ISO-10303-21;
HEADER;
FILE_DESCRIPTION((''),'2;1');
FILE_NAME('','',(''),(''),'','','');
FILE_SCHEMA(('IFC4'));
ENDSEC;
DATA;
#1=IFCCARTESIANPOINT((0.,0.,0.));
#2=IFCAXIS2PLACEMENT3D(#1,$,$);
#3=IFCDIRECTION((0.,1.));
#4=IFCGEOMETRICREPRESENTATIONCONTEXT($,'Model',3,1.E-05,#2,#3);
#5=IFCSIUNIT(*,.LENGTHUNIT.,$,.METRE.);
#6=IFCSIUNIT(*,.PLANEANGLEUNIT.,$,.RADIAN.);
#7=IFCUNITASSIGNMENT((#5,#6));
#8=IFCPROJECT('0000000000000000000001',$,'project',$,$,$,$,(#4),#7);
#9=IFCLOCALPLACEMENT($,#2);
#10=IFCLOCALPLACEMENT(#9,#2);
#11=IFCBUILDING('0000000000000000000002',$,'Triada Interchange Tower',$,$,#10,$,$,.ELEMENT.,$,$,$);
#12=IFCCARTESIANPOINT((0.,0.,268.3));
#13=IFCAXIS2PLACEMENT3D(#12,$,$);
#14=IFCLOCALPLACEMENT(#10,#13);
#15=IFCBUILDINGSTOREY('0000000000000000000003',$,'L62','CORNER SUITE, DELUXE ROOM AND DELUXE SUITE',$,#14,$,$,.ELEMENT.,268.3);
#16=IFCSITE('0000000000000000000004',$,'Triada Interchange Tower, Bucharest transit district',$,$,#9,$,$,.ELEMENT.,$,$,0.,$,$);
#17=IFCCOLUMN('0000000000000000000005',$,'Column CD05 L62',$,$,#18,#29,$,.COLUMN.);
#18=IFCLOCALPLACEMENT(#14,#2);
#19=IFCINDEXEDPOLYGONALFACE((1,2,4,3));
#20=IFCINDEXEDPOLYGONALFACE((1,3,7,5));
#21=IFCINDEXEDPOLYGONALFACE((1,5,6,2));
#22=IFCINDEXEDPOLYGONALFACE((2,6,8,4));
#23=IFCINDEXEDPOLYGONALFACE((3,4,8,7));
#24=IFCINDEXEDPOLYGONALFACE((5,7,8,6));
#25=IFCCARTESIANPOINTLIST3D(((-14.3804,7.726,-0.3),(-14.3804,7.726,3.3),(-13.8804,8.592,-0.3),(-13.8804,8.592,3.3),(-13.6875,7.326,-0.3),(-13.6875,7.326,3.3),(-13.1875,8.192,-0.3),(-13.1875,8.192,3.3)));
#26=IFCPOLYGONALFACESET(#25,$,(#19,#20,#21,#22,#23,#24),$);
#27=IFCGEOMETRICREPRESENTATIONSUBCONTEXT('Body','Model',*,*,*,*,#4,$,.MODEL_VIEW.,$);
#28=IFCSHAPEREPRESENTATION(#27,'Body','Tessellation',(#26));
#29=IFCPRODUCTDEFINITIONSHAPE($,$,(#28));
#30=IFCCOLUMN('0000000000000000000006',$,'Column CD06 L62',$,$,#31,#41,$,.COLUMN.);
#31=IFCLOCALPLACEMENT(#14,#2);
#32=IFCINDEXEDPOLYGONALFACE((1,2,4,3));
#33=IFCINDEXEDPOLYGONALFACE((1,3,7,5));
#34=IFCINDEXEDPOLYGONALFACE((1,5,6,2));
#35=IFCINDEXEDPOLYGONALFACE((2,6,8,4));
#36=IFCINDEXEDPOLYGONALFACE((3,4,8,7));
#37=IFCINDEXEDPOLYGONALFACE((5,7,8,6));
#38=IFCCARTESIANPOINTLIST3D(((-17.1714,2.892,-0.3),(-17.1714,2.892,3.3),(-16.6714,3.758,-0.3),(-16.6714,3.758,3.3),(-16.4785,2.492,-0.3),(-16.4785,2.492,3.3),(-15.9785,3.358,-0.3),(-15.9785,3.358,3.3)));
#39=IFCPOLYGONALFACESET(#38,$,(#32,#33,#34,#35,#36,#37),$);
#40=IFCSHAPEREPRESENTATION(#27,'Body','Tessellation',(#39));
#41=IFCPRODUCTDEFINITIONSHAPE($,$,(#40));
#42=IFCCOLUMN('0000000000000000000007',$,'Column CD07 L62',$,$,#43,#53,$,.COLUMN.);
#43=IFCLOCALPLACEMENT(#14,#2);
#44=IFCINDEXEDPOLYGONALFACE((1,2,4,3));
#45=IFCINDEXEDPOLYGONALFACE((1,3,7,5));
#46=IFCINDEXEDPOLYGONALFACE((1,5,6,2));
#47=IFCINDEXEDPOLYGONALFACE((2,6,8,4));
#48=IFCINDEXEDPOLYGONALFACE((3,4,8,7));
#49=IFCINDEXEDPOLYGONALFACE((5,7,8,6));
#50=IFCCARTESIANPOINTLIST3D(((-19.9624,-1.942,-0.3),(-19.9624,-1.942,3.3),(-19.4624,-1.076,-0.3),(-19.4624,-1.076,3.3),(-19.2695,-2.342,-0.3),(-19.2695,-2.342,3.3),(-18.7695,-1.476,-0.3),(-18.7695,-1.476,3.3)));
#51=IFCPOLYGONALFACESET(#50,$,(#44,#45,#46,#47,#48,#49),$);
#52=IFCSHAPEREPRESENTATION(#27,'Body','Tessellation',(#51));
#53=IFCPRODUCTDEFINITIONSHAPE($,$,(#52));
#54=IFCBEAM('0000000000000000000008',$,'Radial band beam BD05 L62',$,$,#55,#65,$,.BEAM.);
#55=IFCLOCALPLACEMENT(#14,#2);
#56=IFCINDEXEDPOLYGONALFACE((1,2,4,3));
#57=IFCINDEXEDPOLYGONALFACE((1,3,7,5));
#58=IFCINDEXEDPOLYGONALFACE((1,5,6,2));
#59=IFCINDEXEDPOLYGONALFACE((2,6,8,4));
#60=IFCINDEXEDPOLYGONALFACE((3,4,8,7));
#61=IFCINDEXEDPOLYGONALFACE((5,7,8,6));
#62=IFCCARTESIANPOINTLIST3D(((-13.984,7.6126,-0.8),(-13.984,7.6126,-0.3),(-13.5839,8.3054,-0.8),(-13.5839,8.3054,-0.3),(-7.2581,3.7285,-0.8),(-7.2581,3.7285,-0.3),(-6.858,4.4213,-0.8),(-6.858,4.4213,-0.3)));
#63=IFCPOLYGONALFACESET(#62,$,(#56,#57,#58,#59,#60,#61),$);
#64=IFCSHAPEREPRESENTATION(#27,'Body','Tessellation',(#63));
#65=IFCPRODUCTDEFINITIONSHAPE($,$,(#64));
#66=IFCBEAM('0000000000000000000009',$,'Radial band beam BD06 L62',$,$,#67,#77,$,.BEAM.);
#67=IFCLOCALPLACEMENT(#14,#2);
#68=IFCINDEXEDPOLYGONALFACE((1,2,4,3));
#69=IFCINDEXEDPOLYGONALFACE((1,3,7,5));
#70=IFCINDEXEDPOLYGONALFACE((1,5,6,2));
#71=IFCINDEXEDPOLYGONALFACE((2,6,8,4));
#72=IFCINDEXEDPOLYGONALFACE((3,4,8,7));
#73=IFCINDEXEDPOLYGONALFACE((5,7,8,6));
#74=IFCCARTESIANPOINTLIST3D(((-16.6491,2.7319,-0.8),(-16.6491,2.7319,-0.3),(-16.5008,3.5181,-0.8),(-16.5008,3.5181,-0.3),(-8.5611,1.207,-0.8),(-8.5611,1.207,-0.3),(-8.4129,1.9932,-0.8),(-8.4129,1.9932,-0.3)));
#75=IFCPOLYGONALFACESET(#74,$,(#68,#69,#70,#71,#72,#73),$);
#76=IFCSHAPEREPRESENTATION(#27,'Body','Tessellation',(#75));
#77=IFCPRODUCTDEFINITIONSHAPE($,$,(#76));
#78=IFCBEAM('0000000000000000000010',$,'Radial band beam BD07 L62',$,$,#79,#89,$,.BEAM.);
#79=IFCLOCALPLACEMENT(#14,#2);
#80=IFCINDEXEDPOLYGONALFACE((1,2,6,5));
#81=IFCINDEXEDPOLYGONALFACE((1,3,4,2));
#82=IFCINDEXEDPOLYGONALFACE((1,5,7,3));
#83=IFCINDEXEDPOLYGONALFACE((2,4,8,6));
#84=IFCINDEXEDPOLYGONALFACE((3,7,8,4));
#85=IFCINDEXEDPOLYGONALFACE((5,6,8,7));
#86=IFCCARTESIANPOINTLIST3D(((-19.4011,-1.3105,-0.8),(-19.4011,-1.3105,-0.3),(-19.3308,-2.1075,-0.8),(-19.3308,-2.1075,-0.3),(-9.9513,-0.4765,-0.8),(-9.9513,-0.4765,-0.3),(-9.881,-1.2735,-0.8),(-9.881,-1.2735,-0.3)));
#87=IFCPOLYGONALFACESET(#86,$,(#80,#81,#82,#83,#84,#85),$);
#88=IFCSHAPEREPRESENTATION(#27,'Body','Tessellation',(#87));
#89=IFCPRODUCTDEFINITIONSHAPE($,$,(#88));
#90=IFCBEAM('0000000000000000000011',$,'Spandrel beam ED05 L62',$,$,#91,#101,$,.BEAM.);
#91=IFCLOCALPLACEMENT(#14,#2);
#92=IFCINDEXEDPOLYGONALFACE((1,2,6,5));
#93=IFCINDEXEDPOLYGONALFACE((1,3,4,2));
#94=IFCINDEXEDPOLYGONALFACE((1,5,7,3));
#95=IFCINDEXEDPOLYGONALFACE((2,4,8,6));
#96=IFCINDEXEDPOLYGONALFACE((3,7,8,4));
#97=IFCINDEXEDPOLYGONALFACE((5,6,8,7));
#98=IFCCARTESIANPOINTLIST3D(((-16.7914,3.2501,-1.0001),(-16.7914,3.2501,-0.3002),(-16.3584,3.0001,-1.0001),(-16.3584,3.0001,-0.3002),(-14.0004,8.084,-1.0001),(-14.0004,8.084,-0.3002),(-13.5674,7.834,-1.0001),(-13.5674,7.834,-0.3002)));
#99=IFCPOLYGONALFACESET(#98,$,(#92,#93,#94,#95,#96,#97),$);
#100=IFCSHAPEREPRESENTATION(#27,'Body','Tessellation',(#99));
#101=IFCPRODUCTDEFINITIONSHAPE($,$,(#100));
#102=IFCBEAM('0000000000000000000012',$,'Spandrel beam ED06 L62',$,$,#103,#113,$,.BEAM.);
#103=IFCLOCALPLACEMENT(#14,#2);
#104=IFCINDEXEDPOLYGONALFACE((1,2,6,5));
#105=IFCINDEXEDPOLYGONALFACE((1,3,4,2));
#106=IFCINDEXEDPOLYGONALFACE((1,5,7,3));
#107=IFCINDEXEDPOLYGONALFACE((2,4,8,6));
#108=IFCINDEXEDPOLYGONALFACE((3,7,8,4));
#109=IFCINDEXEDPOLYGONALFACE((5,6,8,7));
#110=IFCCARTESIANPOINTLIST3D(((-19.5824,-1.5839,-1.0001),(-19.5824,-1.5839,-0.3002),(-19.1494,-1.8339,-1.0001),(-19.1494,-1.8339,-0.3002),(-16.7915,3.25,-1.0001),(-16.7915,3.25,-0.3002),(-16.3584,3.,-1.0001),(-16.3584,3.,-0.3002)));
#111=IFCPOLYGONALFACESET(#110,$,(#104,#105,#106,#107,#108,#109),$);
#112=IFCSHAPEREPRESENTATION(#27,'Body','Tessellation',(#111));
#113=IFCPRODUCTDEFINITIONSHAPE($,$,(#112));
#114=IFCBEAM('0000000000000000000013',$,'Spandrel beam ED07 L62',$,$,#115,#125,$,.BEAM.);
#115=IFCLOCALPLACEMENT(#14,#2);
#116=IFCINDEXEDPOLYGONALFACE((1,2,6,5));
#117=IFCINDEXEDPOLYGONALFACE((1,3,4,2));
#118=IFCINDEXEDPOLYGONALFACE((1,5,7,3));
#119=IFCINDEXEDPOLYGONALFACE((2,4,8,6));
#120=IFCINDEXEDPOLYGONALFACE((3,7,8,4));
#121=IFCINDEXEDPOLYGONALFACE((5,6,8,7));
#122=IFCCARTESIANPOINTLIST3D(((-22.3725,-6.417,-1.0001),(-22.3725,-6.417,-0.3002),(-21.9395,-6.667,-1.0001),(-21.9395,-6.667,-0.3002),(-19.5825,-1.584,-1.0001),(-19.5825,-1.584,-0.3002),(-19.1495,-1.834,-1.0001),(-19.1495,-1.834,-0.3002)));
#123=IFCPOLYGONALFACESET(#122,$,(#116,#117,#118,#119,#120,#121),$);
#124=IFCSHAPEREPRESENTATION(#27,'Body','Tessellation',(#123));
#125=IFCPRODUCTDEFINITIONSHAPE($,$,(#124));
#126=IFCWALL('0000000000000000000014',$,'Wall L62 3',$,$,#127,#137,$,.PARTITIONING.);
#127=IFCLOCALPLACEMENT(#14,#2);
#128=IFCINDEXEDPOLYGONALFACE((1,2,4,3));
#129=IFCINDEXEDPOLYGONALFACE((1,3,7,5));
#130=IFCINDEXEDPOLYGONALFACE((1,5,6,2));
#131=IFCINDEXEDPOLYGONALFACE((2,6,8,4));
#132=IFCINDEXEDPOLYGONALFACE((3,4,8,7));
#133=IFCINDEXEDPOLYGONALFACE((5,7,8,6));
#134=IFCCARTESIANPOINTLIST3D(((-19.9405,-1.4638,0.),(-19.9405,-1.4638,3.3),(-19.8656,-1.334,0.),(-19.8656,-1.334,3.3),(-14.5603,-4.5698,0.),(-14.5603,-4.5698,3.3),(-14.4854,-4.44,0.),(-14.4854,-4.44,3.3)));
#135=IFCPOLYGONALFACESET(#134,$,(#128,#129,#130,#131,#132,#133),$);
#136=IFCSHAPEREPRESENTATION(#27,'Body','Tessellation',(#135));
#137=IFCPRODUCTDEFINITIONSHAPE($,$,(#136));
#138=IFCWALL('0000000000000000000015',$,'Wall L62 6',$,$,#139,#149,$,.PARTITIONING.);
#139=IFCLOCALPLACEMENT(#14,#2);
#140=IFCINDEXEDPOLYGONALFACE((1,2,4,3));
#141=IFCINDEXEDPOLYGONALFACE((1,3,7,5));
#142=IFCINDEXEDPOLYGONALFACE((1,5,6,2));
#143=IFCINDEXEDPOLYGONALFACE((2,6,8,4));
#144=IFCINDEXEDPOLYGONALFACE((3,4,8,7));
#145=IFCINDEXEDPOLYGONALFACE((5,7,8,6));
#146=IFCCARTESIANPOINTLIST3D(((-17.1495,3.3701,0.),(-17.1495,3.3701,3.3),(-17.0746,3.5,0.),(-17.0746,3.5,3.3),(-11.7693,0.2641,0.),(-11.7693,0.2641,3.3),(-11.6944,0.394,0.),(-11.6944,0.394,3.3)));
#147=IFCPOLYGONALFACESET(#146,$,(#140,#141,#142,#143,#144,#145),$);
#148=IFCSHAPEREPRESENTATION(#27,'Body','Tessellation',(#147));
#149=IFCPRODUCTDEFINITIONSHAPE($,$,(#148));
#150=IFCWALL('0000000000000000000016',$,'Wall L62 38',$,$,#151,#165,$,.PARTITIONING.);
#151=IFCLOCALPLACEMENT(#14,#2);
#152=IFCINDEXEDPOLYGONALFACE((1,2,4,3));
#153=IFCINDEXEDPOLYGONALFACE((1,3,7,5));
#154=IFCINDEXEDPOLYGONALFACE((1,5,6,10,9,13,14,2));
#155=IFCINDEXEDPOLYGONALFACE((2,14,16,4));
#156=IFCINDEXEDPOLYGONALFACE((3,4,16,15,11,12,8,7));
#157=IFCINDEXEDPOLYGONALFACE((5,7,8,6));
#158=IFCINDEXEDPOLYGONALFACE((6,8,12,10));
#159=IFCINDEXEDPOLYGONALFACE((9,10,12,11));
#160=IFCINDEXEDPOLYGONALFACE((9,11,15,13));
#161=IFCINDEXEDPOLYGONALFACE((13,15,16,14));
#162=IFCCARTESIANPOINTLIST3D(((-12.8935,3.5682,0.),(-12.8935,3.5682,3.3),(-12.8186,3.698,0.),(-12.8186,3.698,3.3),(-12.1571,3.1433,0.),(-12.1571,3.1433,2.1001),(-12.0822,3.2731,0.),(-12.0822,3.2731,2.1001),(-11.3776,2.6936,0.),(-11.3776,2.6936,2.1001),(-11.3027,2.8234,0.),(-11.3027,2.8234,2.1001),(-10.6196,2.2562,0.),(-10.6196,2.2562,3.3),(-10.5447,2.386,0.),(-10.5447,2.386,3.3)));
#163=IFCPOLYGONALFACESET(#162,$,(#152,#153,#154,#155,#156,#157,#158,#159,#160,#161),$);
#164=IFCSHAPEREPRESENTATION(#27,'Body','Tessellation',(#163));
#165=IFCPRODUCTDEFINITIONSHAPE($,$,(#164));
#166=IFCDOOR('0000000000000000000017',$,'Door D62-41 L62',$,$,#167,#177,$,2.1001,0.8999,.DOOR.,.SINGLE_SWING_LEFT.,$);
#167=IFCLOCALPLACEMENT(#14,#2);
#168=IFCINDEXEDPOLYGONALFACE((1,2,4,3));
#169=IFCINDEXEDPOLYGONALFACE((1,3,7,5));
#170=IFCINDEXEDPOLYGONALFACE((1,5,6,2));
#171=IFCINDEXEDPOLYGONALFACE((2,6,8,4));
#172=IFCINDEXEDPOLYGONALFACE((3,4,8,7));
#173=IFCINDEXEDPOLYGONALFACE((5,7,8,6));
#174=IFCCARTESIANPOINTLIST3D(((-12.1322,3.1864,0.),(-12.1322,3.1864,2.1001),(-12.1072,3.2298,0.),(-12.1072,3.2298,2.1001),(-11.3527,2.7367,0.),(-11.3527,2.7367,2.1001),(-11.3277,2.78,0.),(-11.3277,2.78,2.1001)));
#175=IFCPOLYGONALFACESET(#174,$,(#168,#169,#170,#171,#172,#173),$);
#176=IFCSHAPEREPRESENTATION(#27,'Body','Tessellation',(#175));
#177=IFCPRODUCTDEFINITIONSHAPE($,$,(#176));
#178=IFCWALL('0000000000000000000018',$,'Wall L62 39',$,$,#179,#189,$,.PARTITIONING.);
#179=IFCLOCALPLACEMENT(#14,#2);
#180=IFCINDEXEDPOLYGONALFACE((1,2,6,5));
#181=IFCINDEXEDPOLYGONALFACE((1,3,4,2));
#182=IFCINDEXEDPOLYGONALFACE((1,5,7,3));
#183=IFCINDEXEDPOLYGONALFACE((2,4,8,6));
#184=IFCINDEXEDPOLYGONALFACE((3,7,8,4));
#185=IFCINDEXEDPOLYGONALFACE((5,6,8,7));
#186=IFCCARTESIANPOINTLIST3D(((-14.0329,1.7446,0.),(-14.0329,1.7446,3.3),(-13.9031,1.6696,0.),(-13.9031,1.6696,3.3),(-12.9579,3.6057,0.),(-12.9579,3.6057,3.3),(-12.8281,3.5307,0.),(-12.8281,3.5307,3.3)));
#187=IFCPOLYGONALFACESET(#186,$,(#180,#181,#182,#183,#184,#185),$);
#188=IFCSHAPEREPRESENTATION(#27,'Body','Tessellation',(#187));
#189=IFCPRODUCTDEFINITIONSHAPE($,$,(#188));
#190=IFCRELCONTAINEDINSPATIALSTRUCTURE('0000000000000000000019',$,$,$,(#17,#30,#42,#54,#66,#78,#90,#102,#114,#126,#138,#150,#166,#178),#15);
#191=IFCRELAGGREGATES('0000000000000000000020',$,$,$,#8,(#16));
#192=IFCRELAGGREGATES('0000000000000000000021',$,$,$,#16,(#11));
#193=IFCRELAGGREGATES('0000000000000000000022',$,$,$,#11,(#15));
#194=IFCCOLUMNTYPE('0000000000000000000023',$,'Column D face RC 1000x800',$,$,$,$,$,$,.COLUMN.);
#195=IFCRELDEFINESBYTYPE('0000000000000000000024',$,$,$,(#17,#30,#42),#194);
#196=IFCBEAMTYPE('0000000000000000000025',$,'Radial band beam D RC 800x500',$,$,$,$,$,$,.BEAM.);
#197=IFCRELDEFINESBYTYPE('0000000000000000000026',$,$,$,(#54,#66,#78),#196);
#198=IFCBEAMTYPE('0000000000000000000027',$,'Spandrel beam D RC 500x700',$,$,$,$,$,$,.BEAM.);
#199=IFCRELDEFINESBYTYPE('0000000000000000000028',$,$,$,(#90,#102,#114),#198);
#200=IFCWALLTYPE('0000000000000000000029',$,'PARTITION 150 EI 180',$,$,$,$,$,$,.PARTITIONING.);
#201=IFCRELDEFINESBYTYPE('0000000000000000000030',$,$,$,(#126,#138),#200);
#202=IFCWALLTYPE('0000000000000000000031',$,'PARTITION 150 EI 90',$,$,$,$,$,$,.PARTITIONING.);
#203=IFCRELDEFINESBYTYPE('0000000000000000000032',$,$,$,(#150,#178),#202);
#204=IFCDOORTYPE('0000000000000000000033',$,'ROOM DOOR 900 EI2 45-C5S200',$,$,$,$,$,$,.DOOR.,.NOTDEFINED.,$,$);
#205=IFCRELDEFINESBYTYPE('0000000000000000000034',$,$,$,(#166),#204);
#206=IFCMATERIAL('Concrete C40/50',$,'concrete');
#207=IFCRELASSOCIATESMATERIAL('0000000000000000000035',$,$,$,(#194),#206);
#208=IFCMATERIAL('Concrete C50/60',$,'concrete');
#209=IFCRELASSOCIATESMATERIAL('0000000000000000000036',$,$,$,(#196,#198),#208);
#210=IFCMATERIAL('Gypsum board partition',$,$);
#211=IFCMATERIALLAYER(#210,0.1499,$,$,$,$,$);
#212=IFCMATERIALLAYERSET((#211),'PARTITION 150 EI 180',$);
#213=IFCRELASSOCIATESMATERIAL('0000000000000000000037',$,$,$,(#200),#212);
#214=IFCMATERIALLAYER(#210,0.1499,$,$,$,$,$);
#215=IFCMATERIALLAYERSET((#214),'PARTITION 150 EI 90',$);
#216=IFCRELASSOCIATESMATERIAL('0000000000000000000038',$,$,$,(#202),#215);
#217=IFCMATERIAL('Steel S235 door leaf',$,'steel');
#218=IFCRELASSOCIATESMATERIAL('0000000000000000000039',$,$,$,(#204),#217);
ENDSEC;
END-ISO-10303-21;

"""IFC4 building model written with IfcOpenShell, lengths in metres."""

from ifc_helpers import new_model, si_unit, direction, frame, frame_2d, origin, origin_2d, place, context, subcontext, project, spatial, rectangle, extrude, material, layer, layer_set, material_profile, profile_set, type_object, element, fill, save


model = new_model("IFC4")

# Units and contexts
model_context = context("Model", 3, precision=1e-05, world=origin(), true_north=direction((0.0, 1.0)))
body_context = subcontext(model_context, "Body", "Model", "MODEL_VIEW")
ifc_project = project(units=[si_unit("LENGTHUNIT", "METRE"), si_unit("PLANEANGLEUNIT", "RADIAN")], contexts=[model_context])

# Site, building, storey
site_placement = place(None, origin())
site = spatial("IfcSite", under=ifc_project, at=site_placement, Name="Triada Interchange Tower, Bucharest transit district", CompositionType="ELEMENT", RefElevation=0.0)
building_placement = place(site_placement, origin())
building = spatial("IfcBuilding", under=site, at=building_placement, Name="Triada Interchange Tower", CompositionType="ELEMENT")
storey_placement = place(building_placement, frame((0.0, 0.0, 268.3)))
storey = spatial("IfcBuildingStorey", under=building, at=storey_placement, Name="L62", Description="CORNER SUITE, DELUXE ROOM AND DELUXE SUITE", CompositionType="ELEMENT", Elevation=268.3)

# Columns
ifc_material_1 = material(Name="Concrete C40/50", Category="concrete")
ifc_material_profile_1 = material_profile(ifc_material_1, rectangle(XDim=1.0, YDim=0.8, at=origin_2d()), Name="RC 1000x800")
ifc_profile_set_1 = profile_set([ifc_material_profile_1], Name="Concrete C40/50")
column_type = type_object("IfcColumnType", Name="Column D face RC 1000x800", PredefinedType="COLUMN", material=ifc_profile_set_1)
for number, where, z_axis, x_axis, name in (
    (1, (-13.7839, 7.959, -0.3), (0.0, 0.0, 1.0), (0.5, 0.866025, 0.0), "Column CD05 L62"),
    (2, (-16.575, 3.125, -0.3), (0.0, 0.0, 1.0), (0.5, 0.866025, 0.0), "Column CD06 L62"),
    (3, (-19.366, -1.709, -0.3), (0.0, 0.0, 1.0), (0.5, 0.866025, 0.0), "Column CD07 L62"),
):
    element("IfcColumn", number, at=place(storey_placement, frame(where, z_axis=z_axis, x_axis=x_axis)), inside=storey, type_object=column_type, Name=name, PredefinedType="COLUMN", context=body_context, shape_type="SweptSolid", body=[
        extrude(rectangle(XDim=1.0, YDim=0.8, at=origin_2d()), origin(), (0.0, 0.0, 1.0), 3.6001),
    ])

# Beams
ifc_material_2 = material(Name="Concrete C50/60", Category="concrete")
ifc_material_profile_2 = material_profile(ifc_material_2, rectangle(XDim=0.8, YDim=0.5, at=origin_2d()), Name="RC 800x500")
ifc_profile_set_2 = profile_set([ifc_material_profile_2], Name="Concrete C50/60")
beam_type_1 = type_object("IfcBeamType", Name="Radial band beam D RC 800x500", PredefinedType="BEAM", material=ifc_profile_set_2)
beam_1_placement = place(storey_placement, frame((-13.7839, 7.959, -0.55), z_axis=(0.865977, -0.500084, 0.0), x_axis=(0.500084, 0.865977, 0.0)))
element("IfcBeam", 4, at=beam_1_placement, inside=storey, type_object=beam_type_1, Name="Radial band beam BD05 L62", PredefinedType="BEAM", context=body_context, shape_type="SweptSolid", body=[
    extrude(rectangle(XDim=0.8, YDim=0.5, at=origin_2d()), origin(), (0.0, 0.0, 1.0), 7.7668),
])
beam_2_placement = place(storey_placement, frame((-16.575, 3.125, -0.55), z_axis=(0.982686, -0.185277, 0.0), x_axis=(0.185277, 0.982686, 0.0)))
element("IfcBeam", 5, at=beam_2_placement, inside=storey, type_object=beam_type_1, Name="Radial band beam BD06 L62", PredefinedType="BEAM", context=body_context, shape_type="SweptSolid", body=[
    extrude(rectangle(XDim=0.8, YDim=0.5, at=origin_2d()), origin(), (0.0, 0.0, 1.0), 8.2305),
])
beam_3_placement = place(storey_placement, frame((-19.366, -1.709, -0.55), z_axis=(0.996128, 0.087911, 0.0), x_axis=(-0.087911, 0.996128, 0.0)))
element("IfcBeam", 6, at=beam_3_placement, inside=storey, type_object=beam_type_1, Name="Radial band beam BD07 L62", PredefinedType="BEAM", context=body_context, shape_type="SweptSolid", body=[
    extrude(rectangle(XDim=0.8, YDim=0.5, at=origin_2d()), origin(), (0.0, 0.0, 1.0), 9.4866),
])
ifc_material_profile_3 = material_profile(ifc_material_2, rectangle(XDim=0.5, YDim=0.7, at=origin_2d()), Name="RC 500x700")
ifc_profile_set_3 = profile_set([ifc_material_profile_3], Name="Concrete C50/60")
beam_type_2 = type_object("IfcBeamType", Name="Spandrel beam D RC 500x700", PredefinedType="BEAM", material=ifc_profile_set_3)
for number, where, z_axis, x_axis, name in (
    (7, (-13.7839, 7.959, -0.6501), (-0.500015, -0.866017, 0.0), (0.866017, -0.500015, 0.0), "Spandrel beam ED05 L62"),
    (8, (-16.575, 3.125, -0.6501), (-0.500015, -0.866017, 0.0), (0.866017, -0.500015, 0.0), "Spandrel beam ED06 L62"),
):
    element("IfcBeam", number, at=place(storey_placement, frame(where, z_axis=z_axis, x_axis=x_axis)), inside=storey, type_object=beam_type_2, Name=name, PredefinedType="BEAM", context=body_context, shape_type="SweptSolid", body=[
        extrude(rectangle(XDim=0.5, YDim=0.7, at=origin_2d()), origin(), (0.0, 0.0, 1.0), 5.5818),
    ])
beam_4_placement = place(storey_placement, frame((-19.366, -1.709, -0.6501), z_axis=(-0.49996, -0.866049, 0.0), x_axis=(0.866049, -0.49996, 0.0)))
element("IfcBeam", 9, at=beam_4_placement, inside=storey, type_object=beam_type_2, Name="Spandrel beam ED07 L62", PredefinedType="BEAM", context=body_context, shape_type="SweptSolid", body=[
    extrude(rectangle(XDim=0.5, YDim=0.7, at=origin_2d()), origin(), (0.0, 0.0, 1.0), 5.5806),
])

# Walls
ifc_material_3 = material(Name="Gypsum board partition")
ifc_layer_1 = layer(ifc_material_3, 0.1499)
ifc_layer_set_1 = layer_set([ifc_layer_1], Name="PARTITION 150 EI 180")
wall_type_1 = type_object("IfcWallType", Name="PARTITION 150 EI 180", PredefinedType="PARTITIONING", material=ifc_layer_set_1)
for number, where, z_axis, x_axis, name in (
    (10, (-19.9031, -1.3989, 0.0), (0.0, 0.0, 1.0), (0.866044, -0.499969, 0.0), "Wall L62 3"),
    (11, (-17.1121, 3.4351, 0.0), (0.0, 0.0, 1.0), (0.866044, -0.499969, 0.0), "Wall L62 6"),
):
    element("IfcWall", number, at=place(storey_placement, frame(where, z_axis=z_axis, x_axis=x_axis)), inside=storey, type_object=wall_type_1, Name=name, PredefinedType="PARTITIONING", context=body_context, shape_type="SweptSolid", body=[
        extrude(rectangle(XDim=6.2124, YDim=0.1499, at=frame_2d((3.1062, 0.0))), origin(), (0.0, 0.0, 1.0), 3.3),
    ])

# Wall, opening, door
ifc_layer_2 = layer(ifc_material_3, 0.1499)
ifc_layer_set_2 = layer_set([ifc_layer_2], Name="PARTITION 150 EI 90")
wall_type_2 = type_object("IfcWallType", Name="PARTITION 150 EI 90", PredefinedType="PARTITIONING", material=ifc_layer_set_2)
wall_1_placement = place(storey_placement, frame((-12.856, 3.6331, 0.0), z_axis=(0.0, 0.0, 1.0), x_axis=(0.866164, -0.49976, 0.0)))
wall_1 = element("IfcWall", 12, at=wall_1_placement, inside=storey, type_object=wall_type_2, Name="Wall L62 38", PredefinedType="PARTITIONING", context=body_context, shape_type="SweptSolid", body=[
    extrude(rectangle(XDim=2.6252, YDim=0.1499, at=frame_2d((1.3125, 0.0))), origin(), (0.0, 0.0, 1.0), 3.3),
])
opening_1_placement = place(wall_1_placement, frame((0.8501, 0.0, 0.0)))
opening_1 = element("IfcOpeningElement", 13, at=opening_1_placement, cuts=wall_1, PredefinedType="OPENING", context=body_context, shape_type="SweptSolid", body=[
    extrude(rectangle(XDim=0.8999, YDim=2.1001, at=frame_2d((0.45, 1.05))), frame((0.0, 0.085, 0.0), z_axis=(0.0, -1.0, 0.0), x_axis=(1.0, 0.0, 0.0)), (0.0, 0.0, 1.0), 0.1699),
])
ifc_material_4 = material(Name="Steel S235 door leaf", Category="steel")
door_type = type_object("IfcDoorType", Name="ROOM DOOR 900 EI2 45-C5S200", OperationType="NOTDEFINED", PredefinedType="DOOR", material=ifc_material_4)
door_1_placement = place(opening_1_placement, origin())
door_1 = element("IfcDoor", 14, at=door_1_placement, inside=storey, type_object=door_type, Name="Door D62-41 L62", OperationType="SINGLE_SWING_LEFT", OverallHeight=2.1001, OverallWidth=0.8999, PredefinedType="DOOR", context=body_context, shape_type="SweptSolid", body=[
    extrude(rectangle(XDim=0.8999, YDim=2.1001, at=frame_2d((0.45, 1.05))), frame((0.0, 0.0249, 0.0), z_axis=(0.0, -1.0, 0.0), x_axis=(1.0, 0.0, 0.0)), (0.0, 0.0, 1.0), 0.05),
])
fill(opening_1, door_1)

# Wall
wall_2_placement = place(storey_placement, frame((-13.968, 1.707, 0.0), z_axis=(0.0, 0.0, 1.0), x_axis=(0.500158, 0.865934, 0.0)))
element("IfcWall", 15, at=wall_2_placement, inside=storey, type_object=wall_type_2, Name="Wall L62 39", PredefinedType="PARTITIONING", context=body_context, shape_type="SweptSolid", body=[
    extrude(rectangle(XDim=2.1492, YDim=0.1499, at=frame_2d((1.0747, 0.0))), origin(), (0.0, 0.0, 1.0), 3.3),
])

save(model, "model.ifc")
